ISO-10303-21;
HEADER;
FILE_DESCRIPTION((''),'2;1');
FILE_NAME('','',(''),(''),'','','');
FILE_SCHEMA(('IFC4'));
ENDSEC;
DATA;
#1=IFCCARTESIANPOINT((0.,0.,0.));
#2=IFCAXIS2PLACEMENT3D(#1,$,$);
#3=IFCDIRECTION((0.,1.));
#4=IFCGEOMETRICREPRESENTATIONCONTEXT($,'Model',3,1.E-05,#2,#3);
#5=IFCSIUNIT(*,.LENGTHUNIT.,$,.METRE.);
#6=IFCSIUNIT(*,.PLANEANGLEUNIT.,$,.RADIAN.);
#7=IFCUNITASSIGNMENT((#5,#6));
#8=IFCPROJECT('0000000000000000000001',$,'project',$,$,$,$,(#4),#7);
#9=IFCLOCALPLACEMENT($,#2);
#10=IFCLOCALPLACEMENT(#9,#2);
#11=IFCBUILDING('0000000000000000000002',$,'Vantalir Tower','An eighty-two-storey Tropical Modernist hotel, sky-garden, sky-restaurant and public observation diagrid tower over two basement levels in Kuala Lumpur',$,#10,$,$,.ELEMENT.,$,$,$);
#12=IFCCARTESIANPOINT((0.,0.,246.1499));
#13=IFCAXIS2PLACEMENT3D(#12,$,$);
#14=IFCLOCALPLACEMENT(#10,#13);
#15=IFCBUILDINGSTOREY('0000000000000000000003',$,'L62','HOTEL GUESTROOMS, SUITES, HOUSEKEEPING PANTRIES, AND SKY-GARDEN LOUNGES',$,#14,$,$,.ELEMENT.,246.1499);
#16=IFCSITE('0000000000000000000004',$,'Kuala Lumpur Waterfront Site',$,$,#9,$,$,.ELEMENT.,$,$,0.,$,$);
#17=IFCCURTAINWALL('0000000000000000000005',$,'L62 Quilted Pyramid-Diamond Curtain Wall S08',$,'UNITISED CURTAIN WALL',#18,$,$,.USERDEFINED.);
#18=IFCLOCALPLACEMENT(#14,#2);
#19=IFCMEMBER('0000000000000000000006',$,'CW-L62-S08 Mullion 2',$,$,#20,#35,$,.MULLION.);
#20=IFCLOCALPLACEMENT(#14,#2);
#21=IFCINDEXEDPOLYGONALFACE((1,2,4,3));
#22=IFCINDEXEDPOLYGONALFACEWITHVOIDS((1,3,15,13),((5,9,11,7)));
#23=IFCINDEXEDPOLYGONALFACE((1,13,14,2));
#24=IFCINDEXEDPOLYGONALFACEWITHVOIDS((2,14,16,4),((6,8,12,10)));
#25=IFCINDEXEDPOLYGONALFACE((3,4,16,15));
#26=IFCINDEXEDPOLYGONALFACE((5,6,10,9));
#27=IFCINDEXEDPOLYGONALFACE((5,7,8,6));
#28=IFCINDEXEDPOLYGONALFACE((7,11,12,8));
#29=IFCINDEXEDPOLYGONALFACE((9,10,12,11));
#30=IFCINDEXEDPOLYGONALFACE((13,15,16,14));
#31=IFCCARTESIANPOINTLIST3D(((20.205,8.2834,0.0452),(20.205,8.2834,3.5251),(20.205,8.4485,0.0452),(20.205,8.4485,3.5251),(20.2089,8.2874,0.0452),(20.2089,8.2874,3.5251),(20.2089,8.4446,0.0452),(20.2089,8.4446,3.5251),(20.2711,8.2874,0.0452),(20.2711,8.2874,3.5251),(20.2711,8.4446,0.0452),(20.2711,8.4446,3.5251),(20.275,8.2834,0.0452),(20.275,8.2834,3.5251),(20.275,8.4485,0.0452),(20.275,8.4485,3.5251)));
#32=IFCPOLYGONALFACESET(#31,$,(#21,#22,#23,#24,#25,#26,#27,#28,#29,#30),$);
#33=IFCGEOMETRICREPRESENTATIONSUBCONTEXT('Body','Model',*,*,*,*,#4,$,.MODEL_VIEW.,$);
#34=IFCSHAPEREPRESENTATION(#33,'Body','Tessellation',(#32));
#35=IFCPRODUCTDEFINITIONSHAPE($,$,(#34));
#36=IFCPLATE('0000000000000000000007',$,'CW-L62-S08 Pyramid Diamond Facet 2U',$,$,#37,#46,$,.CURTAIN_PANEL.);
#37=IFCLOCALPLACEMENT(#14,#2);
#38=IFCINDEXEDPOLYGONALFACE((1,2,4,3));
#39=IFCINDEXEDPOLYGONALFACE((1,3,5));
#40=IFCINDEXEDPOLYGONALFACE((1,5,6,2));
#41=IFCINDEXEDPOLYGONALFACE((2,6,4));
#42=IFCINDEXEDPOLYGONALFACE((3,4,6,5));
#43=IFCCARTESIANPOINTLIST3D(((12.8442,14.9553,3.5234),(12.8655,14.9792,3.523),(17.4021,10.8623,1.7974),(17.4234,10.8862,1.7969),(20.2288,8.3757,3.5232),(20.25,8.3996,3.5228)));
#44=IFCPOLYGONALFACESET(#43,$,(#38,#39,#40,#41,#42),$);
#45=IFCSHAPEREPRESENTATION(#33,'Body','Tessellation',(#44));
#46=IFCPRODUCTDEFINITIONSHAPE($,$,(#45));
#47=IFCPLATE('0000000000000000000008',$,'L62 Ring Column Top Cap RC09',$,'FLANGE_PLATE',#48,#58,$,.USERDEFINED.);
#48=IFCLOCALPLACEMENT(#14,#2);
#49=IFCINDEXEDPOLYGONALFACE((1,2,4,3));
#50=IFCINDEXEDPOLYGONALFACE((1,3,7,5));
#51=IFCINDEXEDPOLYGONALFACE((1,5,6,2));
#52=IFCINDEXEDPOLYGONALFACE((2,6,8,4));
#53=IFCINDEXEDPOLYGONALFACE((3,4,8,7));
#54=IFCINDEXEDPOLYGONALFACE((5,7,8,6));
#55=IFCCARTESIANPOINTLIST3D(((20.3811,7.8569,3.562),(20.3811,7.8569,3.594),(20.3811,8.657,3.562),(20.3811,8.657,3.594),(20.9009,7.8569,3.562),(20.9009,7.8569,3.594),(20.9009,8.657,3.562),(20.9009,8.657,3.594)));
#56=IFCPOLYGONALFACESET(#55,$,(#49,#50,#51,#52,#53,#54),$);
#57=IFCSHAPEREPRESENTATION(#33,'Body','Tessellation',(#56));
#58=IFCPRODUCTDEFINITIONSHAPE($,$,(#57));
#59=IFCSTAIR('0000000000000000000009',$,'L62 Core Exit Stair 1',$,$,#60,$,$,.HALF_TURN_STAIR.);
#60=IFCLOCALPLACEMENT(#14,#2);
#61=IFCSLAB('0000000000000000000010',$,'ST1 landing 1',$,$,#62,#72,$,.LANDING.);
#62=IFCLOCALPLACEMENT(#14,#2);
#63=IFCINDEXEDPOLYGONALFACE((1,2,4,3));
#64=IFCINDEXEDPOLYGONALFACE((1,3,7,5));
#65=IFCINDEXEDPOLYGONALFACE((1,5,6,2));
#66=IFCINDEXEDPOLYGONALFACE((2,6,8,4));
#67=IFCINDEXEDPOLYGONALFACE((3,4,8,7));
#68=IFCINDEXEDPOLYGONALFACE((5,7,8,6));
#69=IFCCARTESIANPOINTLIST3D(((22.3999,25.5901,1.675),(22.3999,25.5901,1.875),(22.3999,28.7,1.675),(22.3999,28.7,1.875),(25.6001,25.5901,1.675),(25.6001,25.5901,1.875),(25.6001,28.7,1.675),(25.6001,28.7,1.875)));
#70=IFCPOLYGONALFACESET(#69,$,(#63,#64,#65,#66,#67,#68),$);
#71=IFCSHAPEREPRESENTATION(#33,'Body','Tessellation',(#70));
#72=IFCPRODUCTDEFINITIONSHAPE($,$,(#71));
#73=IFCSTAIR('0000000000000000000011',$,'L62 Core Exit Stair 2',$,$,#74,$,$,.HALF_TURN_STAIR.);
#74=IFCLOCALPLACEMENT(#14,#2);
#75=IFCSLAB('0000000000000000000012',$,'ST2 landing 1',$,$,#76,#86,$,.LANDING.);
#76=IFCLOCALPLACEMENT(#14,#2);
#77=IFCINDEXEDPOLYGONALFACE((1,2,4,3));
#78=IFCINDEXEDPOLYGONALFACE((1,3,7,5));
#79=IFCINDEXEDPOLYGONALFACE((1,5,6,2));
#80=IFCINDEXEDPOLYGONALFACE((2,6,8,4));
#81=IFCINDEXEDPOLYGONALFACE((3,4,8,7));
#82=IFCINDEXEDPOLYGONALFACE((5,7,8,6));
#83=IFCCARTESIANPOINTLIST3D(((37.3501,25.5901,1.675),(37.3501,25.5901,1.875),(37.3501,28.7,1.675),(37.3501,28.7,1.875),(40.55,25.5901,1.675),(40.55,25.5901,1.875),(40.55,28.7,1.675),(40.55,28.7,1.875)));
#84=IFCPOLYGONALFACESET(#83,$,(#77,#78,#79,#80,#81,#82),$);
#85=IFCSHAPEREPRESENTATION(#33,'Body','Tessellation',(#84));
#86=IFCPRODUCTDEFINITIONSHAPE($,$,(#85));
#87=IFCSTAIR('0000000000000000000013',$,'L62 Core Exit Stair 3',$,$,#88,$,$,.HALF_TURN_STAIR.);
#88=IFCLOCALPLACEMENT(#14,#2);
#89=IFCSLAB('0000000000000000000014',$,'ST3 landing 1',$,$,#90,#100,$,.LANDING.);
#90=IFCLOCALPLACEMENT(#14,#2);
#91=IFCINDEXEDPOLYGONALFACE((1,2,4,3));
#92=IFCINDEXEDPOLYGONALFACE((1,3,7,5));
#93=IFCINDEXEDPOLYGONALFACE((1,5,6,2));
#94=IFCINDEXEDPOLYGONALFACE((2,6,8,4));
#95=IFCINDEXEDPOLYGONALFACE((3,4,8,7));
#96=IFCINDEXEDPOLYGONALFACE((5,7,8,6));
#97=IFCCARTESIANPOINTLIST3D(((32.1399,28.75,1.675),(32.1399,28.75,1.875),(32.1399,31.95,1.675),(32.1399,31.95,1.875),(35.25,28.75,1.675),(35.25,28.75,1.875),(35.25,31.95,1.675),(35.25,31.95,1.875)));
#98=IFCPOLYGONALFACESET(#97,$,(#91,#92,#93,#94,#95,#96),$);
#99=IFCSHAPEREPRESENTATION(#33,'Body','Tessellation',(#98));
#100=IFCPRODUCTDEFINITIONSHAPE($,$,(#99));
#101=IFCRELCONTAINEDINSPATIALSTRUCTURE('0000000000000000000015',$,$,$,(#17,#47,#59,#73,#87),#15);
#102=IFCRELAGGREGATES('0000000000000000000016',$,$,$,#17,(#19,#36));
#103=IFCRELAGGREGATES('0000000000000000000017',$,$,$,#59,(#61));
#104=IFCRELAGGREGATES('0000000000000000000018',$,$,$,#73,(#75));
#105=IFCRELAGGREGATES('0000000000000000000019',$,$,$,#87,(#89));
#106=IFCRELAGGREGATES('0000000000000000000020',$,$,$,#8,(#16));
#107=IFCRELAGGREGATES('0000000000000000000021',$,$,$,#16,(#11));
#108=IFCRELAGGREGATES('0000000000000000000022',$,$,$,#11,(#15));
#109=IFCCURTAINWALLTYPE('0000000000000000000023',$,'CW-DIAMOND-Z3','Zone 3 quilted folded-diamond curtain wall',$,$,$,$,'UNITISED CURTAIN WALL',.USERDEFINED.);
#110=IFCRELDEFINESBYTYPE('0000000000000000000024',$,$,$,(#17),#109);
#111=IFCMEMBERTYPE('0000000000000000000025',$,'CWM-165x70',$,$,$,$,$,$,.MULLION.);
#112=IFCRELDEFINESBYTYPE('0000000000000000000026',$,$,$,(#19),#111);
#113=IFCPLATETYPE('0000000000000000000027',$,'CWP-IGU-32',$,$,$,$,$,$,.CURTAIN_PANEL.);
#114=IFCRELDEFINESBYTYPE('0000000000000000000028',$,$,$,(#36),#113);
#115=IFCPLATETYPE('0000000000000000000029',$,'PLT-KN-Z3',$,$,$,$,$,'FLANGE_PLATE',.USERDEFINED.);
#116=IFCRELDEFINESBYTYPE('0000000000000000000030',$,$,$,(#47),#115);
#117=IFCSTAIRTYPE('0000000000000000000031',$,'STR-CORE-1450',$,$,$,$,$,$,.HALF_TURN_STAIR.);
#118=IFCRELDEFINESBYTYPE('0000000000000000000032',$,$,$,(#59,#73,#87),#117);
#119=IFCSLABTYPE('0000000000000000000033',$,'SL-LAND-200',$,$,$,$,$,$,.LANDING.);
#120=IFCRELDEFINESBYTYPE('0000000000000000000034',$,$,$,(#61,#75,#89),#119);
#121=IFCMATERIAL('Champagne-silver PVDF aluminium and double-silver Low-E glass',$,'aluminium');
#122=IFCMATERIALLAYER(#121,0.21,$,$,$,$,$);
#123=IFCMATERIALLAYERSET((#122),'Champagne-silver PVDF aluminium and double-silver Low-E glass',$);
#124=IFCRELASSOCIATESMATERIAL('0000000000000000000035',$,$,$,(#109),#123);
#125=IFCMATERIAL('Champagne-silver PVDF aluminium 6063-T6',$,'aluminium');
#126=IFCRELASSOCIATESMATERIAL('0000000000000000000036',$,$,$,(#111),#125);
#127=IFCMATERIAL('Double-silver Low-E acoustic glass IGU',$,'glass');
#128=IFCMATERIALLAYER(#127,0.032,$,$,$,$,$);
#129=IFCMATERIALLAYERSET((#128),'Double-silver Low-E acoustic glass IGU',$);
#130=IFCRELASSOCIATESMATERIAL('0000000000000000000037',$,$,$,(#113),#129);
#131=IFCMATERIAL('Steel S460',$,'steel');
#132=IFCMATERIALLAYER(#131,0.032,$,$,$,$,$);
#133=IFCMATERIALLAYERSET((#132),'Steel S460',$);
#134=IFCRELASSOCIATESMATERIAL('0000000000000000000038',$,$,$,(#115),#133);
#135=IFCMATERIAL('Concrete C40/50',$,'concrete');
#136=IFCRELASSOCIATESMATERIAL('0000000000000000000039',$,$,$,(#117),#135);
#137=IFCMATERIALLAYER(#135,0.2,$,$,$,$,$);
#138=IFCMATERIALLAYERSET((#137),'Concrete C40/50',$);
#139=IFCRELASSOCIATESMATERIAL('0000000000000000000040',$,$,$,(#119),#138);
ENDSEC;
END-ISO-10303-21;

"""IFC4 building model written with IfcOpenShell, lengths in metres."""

from ifc_helpers import new_model, si_unit, direction, frame, origin, origin_2d, place, context, subcontext, project, spatial, polyline, hollow_rectangle, outline, extrude, material, layer, layer_set, material_profile, profile_set, type_object, element, aggregate, save


model = new_model("IFC4")

# Units and contexts
model_context = context("Model", 3, precision=1e-05, world=origin(), true_north=direction((0.0, 1.0)))
body_context = subcontext(model_context, "Body", "Model", "MODEL_VIEW")
ifc_project = project(units=[si_unit("LENGTHUNIT", "METRE"), si_unit("PLANEANGLEUNIT", "RADIAN")], contexts=[model_context])

# Site, building, storey
site_placement = place(None, origin())
site = spatial("IfcSite", under=ifc_project, at=site_placement, Name="Kuala Lumpur Waterfront Site", CompositionType="ELEMENT", RefElevation=0.0)
building_placement = place(site_placement, origin())
building = spatial("IfcBuilding", under=site, at=building_placement, Name="Vantalir Tower", Description="An eighty-two-storey Tropical Modernist hotel, sky-garden, sky-restaurant and public observation diagrid tower over two basement levels in Kuala Lumpur", CompositionType="ELEMENT")
storey_placement = place(building_placement, frame((0.0, 0.0, 246.1499)))
storey = spatial("IfcBuildingStorey", under=building, at=storey_placement, Name="L62", Description="HOTEL GUESTROOMS, SUITES, HOUSEKEEPING PANTRIES, AND SKY-GARDEN LOUNGES", CompositionType="ELEMENT", Elevation=246.1499)

# Curtain wall, member, plate
ifc_material_1 = material(Name="Champagne-silver PVDF aluminium and double-silver Low-E glass", Category="aluminium")
ifc_layer_1 = layer(ifc_material_1, 0.21)
ifc_layer_set_1 = layer_set([ifc_layer_1], Name="Champagne-silver PVDF aluminium and double-silver Low-E glass")
curtain_wall_type = type_object("IfcCurtainWallType", Name="CW-DIAMOND-Z3", Description="Zone 3 quilted folded-diamond curtain wall", ElementType="UNITISED CURTAIN WALL", PredefinedType="USERDEFINED", material=ifc_layer_set_1)
curtain_wall_placement = place(storey_placement, origin())
curtain_wall = element("IfcCurtainWall", 1, at=curtain_wall_placement, inside=storey, type_object=curtain_wall_type, Name="L62 Quilted Pyramid-Diamond Curtain Wall S08", ObjectType="UNITISED CURTAIN WALL", PredefinedType="USERDEFINED")
ifc_material_2 = material(Name="Champagne-silver PVDF aluminium 6063-T6", Category="aluminium")
ifc_material_profile = material_profile(ifc_material_2, hollow_rectangle(XDim=0.0701, YDim=0.165, WallThickness=0.0039, at=origin_2d()), Name="Champagne-silver PVDF aluminium 6063-T6")
ifc_profile_set = profile_set([ifc_material_profile], Name="Champagne-silver PVDF aluminium 6063-T6")
member_type = type_object("IfcMemberType", Name="CWM-165x70", PredefinedType="MULLION", material=ifc_profile_set)
member_placement = place(storey_placement, frame((20.24, 8.366, 0.0452), z_axis=(0.0, 0.0, 1.0), x_axis=(1.0, 0.0, 0.0)))
member = element("IfcMember", 2, at=member_placement, type_object=member_type, Name="CW-L62-S08 Mullion 2", PredefinedType="MULLION", context=body_context, shape_type="SweptSolid", body=[
    extrude(hollow_rectangle(XDim=0.0701, YDim=0.165, WallThickness=0.0039, at=origin_2d()), origin(), (0.0, 0.0, 1.0), 3.48),
])
ifc_material_3 = material(Name="Double-silver Low-E acoustic glass IGU", Category="glass")
ifc_layer_2 = layer(ifc_material_3, 0.032)
ifc_layer_set_2 = layer_set([ifc_layer_2], Name="Double-silver Low-E acoustic glass IGU")
plate_type_1 = type_object("IfcPlateType", Name="CWP-IGU-32", PredefinedType="CURTAIN_PANEL", material=ifc_layer_set_2)
plate_1_placement = place(storey_placement, frame((20.2288, 8.3757, 3.5232), z_axis=(-0.665179, -0.746556, 0.013831), x_axis=(-0.746627, 0.665243, 0.000025)))
plate_1 = element("IfcPlate", 3, at=plate_1_placement, type_object=plate_type_1, Name="CW-L62-S08 Pyramid Diamond Facet 2U", PredefinedType="CURTAIN_PANEL", context=body_context, shape_type="SweptSolid", body=[
    extrude(outline(polyline([(0.0, 0.0), (9.8905, 0.0), (3.7646, 1.7261), (0.0, 0.0)])), origin(), (0.0, 0.0, -1.0), 0.032),
])
aggregate(curtain_wall, [member, plate_1])

# Plate
ifc_material_4 = material(Name="Steel S460", Category="steel")
ifc_layer_3 = layer(ifc_material_4, 0.032)
ifc_layer_set_3 = layer_set([ifc_layer_3], Name="Steel S460")
plate_type_2 = type_object("IfcPlateType", Name="PLT-KN-Z3", ElementType="FLANGE_PLATE", PredefinedType="USERDEFINED", material=ifc_layer_set_3)
plate_2_placement = place(storey_placement, frame((20.3811, 8.657, 3.594), z_axis=(0.0, 0.0, 1.0), x_axis=(0.0, -1.0, 0.0)))
element("IfcPlate", 4, at=plate_2_placement, inside=storey, type_object=plate_type_2, Name="L62 Ring Column Top Cap RC09", ObjectType="FLANGE_PLATE", PredefinedType="USERDEFINED", context=body_context, shape_type="SweptSolid", body=[
    extrude(outline(polyline([(0.0, 0.0), (0.8, 0.0), (0.8, 0.5198), (0.0, 0.5198), (0.0, 0.0)])), origin(), (0.0, 0.0, -1.0), 0.032),
])

# Stairs, slabs
ifc_material_5 = material(Name="Concrete C40/50", Category="concrete")
stair_type = type_object("IfcStairType", Name="STR-CORE-1450", PredefinedType="HALF_TURN_STAIR", material=ifc_material_5)
stair_1_placement = place(storey_placement, origin())
stair_1 = element("IfcStair", 5, at=stair_1_placement, inside=storey, type_object=stair_type, Name="L62 Core Exit Stair 1", PredefinedType="HALF_TURN_STAIR")
ifc_layer_4 = layer(ifc_material_5, 0.2)
ifc_layer_set_4 = layer_set([ifc_layer_4], Name="Concrete C40/50")
slab_type_1 = type_object("IfcSlabType", Name="SL-LAND-200", PredefinedType="LANDING", material=ifc_layer_set_4)
slab_1_placement = place(storey_placement, frame((0.0, 0.0, 1.675)))
slab_1 = element("IfcSlab", 6, at=slab_1_placement, type_object=slab_type_1, Name="ST1 landing 1", PredefinedType="LANDING", context=body_context, shape_type="SweptSolid", body=[
    extrude(outline(polyline([(25.6001, 25.5901), (25.6001, 28.7), (22.3999, 28.7), (22.3999, 25.5901), (25.6001, 25.5901)])), origin(), (0.0, 0.0, 1.0), 0.2),
])
aggregate(stair_1, [slab_1])
stair_2_placement = place(storey_placement, origin())
stair_2 = element("IfcStair", 7, at=stair_2_placement, inside=storey, type_object=stair_type, Name="L62 Core Exit Stair 2", PredefinedType="HALF_TURN_STAIR")
slab_2_placement = place(storey_placement, frame((0.0, 0.0, 1.675)))
slab_2 = element("IfcSlab", 8, at=slab_2_placement, type_object=slab_type_1, Name="ST2 landing 1", PredefinedType="LANDING", context=body_context, shape_type="SweptSolid", body=[
    extrude(outline(polyline([(40.55, 25.5901), (40.55, 28.7), (37.3501, 28.7), (37.3501, 25.5901), (40.55, 25.5901)])), origin(), (0.0, 0.0, 1.0), 0.2),
])
aggregate(stair_2, [slab_2])
stair_3_placement = place(storey_placement, origin())
stair_3 = element("IfcStair", 9, at=stair_3_placement, inside=storey, type_object=stair_type, Name="L62 Core Exit Stair 3", PredefinedType="HALF_TURN_STAIR")
slab_3_placement = place(storey_placement, frame((0.0, 0.0, 1.675)))
slab_3 = element("IfcSlab", 10, at=slab_3_placement, type_object=slab_type_1, Name="ST3 landing 1", PredefinedType="LANDING", context=body_context, shape_type="SweptSolid", body=[
    extrude(outline(polyline([(32.1399, 28.75), (35.25, 28.75), (35.25, 31.95), (32.1399, 31.95), (32.1399, 28.75)])), origin(), (0.0, 0.0, 1.0), 0.2),
])
aggregate(stair_3, [slab_3])

save(model, "model.ifc")
